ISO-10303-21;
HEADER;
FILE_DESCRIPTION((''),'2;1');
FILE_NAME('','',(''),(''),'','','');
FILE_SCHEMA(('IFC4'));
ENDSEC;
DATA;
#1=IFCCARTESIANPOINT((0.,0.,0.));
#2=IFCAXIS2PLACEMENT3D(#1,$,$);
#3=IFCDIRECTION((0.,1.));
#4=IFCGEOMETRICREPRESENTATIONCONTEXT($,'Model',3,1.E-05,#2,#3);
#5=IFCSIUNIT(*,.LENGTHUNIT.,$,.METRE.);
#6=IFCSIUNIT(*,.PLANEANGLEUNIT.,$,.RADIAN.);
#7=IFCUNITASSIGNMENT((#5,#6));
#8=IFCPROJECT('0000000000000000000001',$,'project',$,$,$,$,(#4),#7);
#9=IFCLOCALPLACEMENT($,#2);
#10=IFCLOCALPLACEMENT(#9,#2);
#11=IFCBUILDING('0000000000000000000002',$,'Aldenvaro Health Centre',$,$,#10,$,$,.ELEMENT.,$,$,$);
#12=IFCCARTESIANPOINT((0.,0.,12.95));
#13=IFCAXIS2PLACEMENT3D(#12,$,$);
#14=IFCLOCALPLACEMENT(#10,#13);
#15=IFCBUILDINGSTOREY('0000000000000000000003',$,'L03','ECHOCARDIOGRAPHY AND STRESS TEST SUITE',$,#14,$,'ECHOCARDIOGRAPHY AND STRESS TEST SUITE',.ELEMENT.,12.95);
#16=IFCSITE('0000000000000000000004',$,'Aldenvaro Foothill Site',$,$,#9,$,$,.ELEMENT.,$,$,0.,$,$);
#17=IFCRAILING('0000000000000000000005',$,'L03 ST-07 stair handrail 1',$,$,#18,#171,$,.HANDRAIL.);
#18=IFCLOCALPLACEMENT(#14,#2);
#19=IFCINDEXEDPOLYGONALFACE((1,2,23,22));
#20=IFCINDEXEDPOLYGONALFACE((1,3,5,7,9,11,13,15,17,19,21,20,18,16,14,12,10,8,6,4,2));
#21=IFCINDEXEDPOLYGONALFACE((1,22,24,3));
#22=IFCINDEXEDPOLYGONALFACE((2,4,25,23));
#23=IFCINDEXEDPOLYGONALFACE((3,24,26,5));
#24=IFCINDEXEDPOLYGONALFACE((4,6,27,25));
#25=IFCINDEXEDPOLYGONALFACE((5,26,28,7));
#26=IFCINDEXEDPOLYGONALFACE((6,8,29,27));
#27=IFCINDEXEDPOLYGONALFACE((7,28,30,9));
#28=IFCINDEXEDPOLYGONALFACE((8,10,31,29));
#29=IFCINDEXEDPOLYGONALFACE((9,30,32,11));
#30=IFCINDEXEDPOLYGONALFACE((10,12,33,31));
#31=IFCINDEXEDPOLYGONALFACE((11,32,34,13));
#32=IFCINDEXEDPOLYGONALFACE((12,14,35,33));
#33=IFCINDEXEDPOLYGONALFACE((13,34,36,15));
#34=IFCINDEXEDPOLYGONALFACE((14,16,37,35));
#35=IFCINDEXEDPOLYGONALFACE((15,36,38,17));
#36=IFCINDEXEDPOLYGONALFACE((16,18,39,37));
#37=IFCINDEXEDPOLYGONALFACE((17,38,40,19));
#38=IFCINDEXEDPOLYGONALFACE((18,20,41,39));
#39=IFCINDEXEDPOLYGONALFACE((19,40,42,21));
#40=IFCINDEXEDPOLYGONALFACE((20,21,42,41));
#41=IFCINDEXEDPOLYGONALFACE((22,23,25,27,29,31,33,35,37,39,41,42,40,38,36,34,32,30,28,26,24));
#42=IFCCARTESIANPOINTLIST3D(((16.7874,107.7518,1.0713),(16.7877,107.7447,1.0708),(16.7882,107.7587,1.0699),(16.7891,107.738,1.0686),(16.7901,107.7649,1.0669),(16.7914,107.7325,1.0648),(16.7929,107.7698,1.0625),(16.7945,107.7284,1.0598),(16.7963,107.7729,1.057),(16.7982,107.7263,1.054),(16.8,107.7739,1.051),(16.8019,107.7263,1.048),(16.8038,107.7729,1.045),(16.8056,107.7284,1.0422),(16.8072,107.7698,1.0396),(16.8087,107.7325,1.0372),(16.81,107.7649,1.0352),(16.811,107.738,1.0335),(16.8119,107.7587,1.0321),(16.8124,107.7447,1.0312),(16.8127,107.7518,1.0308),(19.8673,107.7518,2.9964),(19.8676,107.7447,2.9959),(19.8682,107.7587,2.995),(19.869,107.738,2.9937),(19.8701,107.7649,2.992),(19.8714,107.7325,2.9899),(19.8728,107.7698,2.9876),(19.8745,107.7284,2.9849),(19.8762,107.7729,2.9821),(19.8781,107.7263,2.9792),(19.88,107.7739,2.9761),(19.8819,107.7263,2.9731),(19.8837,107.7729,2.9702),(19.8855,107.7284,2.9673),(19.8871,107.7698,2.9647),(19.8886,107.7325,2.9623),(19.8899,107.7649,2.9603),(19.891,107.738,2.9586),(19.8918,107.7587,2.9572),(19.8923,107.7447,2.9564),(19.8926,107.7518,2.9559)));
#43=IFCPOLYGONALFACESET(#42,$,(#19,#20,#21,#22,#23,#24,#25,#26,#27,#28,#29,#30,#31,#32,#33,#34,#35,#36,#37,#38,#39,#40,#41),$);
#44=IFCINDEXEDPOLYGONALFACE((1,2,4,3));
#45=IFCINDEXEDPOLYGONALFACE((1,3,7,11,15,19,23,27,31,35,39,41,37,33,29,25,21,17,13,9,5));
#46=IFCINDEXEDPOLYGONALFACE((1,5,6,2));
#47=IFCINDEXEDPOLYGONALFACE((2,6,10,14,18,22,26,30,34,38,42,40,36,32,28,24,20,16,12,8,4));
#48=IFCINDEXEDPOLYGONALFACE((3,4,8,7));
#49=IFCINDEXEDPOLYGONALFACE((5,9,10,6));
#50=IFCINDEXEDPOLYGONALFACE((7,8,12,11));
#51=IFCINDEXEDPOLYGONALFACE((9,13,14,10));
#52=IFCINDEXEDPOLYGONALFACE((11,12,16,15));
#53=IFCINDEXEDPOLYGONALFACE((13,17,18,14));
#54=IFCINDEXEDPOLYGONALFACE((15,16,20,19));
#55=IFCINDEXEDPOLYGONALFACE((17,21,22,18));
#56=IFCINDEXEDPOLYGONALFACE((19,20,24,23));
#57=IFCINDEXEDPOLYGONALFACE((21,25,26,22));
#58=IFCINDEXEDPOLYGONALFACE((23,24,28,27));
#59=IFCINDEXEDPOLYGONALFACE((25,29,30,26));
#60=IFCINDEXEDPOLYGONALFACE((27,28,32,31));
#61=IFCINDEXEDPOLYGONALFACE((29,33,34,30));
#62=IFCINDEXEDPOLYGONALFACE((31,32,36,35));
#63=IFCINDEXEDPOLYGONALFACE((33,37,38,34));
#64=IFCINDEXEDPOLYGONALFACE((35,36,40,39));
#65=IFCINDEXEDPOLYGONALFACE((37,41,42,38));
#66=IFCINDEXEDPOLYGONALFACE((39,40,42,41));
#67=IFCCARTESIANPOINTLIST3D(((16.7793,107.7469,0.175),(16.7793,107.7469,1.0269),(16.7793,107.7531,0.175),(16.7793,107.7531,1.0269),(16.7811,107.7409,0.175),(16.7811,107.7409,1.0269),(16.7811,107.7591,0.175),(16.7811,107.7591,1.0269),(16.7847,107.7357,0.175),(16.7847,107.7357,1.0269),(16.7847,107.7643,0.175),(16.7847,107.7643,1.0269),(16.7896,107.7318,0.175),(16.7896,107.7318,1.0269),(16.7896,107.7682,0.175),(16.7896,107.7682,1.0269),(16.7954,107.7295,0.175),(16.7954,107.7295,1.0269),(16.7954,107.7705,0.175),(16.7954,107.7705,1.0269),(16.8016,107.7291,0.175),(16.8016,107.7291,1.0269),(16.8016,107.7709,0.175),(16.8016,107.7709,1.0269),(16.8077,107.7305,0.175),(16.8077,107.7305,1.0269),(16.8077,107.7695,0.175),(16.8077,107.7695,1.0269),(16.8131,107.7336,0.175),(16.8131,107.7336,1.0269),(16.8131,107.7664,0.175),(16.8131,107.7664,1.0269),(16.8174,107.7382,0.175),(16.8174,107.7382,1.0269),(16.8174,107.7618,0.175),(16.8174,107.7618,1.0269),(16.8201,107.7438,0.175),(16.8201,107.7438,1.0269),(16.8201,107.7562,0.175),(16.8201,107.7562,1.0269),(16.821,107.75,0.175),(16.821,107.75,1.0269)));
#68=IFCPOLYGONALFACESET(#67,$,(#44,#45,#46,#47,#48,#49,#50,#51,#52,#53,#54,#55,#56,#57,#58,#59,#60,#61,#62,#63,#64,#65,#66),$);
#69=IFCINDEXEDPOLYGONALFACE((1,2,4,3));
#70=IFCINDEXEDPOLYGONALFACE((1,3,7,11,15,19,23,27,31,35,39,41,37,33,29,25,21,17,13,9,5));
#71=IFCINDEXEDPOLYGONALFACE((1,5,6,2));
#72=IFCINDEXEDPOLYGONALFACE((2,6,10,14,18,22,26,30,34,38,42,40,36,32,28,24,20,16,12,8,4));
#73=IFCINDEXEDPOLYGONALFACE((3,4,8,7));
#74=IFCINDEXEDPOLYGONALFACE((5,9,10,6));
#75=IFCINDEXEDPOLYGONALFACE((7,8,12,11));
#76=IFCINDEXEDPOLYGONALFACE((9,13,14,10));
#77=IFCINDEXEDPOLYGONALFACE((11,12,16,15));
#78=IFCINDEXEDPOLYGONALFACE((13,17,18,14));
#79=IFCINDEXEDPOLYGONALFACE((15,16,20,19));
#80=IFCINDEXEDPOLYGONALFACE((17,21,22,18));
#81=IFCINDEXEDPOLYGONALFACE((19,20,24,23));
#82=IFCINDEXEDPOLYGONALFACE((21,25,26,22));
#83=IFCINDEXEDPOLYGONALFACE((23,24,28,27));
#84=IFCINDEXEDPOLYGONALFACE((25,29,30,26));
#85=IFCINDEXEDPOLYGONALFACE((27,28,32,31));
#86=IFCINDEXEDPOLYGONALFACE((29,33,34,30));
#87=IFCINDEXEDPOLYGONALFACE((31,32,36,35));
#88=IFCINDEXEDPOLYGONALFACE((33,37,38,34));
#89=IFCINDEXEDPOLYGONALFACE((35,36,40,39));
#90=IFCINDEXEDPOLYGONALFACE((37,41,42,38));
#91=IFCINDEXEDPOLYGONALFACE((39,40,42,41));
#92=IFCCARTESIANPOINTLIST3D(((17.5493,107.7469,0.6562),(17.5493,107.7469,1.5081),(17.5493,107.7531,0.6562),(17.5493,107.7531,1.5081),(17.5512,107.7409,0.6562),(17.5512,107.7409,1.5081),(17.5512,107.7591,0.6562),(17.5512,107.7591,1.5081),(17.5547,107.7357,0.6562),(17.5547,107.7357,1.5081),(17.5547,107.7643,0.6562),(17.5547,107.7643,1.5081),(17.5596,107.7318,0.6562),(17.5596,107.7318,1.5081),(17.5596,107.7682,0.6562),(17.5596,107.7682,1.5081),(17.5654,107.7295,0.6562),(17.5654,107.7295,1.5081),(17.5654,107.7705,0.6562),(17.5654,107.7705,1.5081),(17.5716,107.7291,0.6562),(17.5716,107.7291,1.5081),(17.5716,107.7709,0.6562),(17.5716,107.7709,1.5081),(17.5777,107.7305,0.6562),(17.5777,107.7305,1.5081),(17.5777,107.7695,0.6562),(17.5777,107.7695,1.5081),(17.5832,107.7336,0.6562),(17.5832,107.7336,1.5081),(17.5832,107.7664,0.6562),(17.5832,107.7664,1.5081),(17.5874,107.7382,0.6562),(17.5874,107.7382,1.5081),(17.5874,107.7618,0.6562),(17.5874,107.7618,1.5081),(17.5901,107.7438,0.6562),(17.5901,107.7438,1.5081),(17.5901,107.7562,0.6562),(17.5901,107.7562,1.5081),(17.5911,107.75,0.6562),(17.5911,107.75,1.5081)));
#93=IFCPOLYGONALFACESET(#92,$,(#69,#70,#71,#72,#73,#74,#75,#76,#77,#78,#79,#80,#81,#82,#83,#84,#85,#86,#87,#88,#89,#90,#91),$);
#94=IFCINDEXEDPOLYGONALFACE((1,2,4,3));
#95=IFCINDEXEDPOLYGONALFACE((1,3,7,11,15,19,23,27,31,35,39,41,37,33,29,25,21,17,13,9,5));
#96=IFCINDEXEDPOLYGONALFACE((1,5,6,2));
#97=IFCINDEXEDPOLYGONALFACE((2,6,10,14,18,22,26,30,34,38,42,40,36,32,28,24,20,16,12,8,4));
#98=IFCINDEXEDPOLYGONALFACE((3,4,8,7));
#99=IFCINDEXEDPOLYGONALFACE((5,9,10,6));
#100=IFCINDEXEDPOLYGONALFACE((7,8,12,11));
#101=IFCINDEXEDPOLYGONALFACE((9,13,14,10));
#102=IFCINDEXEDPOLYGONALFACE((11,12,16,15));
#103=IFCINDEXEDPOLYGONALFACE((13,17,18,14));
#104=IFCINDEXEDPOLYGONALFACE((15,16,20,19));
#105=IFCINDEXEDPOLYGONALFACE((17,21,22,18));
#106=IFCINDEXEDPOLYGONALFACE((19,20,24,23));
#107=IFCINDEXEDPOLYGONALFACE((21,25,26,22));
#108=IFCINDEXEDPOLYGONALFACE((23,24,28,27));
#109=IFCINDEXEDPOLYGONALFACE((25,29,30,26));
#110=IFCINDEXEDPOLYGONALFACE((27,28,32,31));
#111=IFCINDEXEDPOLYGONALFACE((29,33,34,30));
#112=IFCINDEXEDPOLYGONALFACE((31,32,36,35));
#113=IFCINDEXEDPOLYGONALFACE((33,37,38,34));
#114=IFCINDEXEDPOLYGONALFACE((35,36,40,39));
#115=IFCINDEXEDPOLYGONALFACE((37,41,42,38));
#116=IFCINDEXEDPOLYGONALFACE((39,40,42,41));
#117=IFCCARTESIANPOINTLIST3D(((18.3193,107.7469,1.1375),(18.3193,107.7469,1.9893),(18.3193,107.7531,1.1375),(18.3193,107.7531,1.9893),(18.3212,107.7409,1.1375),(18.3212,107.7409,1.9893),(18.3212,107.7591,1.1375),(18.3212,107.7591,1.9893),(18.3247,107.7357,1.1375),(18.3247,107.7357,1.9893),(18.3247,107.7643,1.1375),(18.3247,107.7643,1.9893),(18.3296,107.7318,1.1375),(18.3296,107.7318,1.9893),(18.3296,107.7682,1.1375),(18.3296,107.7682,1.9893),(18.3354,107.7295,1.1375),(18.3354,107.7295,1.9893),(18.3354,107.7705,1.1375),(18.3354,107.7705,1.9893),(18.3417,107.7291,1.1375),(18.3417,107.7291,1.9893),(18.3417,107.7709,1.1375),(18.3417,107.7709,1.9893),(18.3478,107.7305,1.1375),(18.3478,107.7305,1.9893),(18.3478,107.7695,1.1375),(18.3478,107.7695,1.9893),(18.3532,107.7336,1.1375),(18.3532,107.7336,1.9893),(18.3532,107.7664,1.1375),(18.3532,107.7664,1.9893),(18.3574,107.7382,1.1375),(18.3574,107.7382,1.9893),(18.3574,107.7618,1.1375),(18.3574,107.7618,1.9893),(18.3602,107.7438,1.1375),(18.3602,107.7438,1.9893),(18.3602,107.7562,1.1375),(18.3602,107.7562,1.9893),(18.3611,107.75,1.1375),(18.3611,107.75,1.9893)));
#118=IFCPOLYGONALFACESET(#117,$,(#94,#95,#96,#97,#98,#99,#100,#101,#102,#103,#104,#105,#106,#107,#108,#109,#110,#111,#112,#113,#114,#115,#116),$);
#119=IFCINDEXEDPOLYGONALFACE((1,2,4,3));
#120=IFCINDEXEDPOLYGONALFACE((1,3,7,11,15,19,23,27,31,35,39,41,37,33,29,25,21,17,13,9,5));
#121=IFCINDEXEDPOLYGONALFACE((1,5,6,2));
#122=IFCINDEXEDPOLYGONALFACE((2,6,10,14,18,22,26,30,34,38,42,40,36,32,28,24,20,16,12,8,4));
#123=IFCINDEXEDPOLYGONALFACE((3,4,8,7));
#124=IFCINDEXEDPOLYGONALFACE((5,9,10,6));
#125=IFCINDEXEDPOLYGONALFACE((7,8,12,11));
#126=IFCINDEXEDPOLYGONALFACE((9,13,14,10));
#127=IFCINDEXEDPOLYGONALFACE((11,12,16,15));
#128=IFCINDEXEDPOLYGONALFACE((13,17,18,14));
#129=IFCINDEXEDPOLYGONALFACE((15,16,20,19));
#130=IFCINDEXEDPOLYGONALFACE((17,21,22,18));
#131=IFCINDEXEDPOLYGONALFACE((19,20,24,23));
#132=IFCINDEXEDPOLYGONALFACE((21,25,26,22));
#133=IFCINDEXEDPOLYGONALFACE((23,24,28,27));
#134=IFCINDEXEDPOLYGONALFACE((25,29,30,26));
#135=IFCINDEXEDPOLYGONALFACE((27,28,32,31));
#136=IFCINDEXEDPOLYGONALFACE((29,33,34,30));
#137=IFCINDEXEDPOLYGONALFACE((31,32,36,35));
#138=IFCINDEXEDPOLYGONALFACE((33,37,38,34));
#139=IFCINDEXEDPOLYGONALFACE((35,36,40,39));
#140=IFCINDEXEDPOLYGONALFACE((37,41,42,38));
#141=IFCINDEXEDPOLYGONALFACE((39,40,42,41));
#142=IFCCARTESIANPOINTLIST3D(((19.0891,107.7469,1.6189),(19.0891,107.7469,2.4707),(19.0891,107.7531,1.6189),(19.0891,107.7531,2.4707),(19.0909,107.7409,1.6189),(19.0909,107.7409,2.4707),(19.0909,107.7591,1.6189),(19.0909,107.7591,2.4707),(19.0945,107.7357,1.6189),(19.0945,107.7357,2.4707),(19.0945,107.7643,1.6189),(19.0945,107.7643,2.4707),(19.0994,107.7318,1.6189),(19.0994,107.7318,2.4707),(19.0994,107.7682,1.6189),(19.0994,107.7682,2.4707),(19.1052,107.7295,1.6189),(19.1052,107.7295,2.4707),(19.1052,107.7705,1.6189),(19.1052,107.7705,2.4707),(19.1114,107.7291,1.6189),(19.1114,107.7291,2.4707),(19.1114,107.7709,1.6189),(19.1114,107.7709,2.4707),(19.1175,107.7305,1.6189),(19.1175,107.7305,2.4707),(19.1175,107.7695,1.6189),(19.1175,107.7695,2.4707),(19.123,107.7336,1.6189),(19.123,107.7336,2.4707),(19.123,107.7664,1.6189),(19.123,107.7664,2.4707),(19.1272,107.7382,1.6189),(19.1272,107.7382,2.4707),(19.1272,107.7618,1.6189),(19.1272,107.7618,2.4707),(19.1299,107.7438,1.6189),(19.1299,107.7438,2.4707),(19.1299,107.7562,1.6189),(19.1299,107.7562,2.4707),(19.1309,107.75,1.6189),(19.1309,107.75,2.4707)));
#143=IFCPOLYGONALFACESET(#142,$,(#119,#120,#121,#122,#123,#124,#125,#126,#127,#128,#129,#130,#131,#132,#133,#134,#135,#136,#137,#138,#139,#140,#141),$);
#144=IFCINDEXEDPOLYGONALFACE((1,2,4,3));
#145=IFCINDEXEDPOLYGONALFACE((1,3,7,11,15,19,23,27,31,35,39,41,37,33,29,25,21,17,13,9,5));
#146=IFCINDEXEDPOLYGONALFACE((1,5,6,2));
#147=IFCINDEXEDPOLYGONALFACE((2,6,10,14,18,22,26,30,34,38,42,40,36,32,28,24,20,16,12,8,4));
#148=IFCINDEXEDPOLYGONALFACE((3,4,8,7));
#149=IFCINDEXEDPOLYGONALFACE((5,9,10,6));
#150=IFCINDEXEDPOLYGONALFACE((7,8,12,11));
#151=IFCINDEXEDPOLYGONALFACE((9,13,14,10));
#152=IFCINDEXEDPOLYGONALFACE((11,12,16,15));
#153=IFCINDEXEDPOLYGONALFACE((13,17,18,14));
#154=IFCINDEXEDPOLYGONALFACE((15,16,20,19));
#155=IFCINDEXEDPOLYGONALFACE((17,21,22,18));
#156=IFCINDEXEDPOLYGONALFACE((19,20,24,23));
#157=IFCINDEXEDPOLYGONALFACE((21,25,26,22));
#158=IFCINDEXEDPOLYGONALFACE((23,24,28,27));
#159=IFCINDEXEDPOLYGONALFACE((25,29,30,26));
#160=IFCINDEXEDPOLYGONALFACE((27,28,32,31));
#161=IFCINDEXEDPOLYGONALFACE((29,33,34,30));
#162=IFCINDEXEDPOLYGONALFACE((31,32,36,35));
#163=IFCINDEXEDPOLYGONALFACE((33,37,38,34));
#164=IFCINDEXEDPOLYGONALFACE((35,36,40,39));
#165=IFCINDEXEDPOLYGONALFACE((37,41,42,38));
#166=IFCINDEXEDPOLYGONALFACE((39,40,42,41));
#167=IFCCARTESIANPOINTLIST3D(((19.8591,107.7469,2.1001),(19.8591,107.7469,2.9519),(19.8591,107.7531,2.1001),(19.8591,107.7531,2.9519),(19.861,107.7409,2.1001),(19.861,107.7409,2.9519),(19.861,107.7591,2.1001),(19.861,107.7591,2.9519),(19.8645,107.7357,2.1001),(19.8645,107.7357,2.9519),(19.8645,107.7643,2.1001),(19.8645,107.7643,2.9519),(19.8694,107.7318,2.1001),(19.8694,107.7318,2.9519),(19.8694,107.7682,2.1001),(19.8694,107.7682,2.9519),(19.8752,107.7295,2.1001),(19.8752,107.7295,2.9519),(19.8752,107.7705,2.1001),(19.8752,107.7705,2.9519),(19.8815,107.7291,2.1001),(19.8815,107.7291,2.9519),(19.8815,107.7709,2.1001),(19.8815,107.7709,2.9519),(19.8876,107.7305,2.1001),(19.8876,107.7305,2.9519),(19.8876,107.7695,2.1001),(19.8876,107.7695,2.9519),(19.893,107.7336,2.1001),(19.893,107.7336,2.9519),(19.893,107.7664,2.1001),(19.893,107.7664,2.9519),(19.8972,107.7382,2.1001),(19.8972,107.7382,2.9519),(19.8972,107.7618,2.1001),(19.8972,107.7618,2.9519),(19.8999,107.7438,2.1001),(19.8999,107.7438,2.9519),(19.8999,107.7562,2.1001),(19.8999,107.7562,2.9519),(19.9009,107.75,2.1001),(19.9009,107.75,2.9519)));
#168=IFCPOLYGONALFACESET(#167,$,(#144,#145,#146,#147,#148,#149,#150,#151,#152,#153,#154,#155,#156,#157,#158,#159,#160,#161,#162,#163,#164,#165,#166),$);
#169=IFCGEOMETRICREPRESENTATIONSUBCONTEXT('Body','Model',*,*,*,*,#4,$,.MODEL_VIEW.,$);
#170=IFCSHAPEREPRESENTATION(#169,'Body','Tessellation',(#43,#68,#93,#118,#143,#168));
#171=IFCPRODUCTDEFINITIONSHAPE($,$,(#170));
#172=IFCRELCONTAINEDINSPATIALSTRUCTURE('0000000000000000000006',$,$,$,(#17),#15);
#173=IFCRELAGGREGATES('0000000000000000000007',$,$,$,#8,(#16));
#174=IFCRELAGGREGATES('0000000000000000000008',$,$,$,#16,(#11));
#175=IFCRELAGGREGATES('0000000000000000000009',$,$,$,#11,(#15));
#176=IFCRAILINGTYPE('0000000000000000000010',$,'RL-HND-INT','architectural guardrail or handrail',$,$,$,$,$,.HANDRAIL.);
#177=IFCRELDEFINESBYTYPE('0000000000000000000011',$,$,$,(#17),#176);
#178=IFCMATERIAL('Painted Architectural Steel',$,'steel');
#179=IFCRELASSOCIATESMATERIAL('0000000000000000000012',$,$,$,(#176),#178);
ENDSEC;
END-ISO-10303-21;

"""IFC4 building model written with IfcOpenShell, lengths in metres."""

from ifc_helpers import new_model, si_unit, direction, frame, origin, origin_2d, place, context, subcontext, project, spatial, circle, extrude, material, type_object, element, save


model = new_model("IFC4")

# Units and contexts
model_context = context("Model", 3, precision=1e-05, world=origin(), true_north=direction((0.0, 1.0)))
body_context = subcontext(model_context, "Body", "Model", "MODEL_VIEW")
ifc_project = project(units=[si_unit("LENGTHUNIT", "METRE"), si_unit("PLANEANGLEUNIT", "RADIAN")], contexts=[model_context])

# Site, building, storey
site_placement = place(None, origin())
site = spatial("IfcSite", under=ifc_project, at=site_placement, Name="Aldenvaro Foothill Site", CompositionType="ELEMENT", RefElevation=0.0)
building_placement = place(site_placement, origin())
building = spatial("IfcBuilding", under=site, at=building_placement, Name="Aldenvaro Health Centre", CompositionType="ELEMENT")
storey_placement = place(building_placement, frame((0.0, 0.0, 12.95)))
storey = spatial("IfcBuildingStorey", under=building, at=storey_placement, Name="L03", Description="ECHOCARDIOGRAPHY AND STRESS TEST SUITE", LongName="ECHOCARDIOGRAPHY AND STRESS TEST SUITE", CompositionType="ELEMENT", Elevation=12.95)

# Railing
ifc_material_1 = material(Name="Painted Architectural Steel", Category="steel")
railing_type_1 = type_object("IfcRailingType", Name="RL-HND-INT", Description="architectural guardrail or handrail", PredefinedType="HANDRAIL", material=ifc_material_1)
railing_1_placement = place(storey_placement, frame((16.8, 107.75, 0.175)))
element("IfcRailing", 1, at=railing_1_placement, inside=storey, type_object=railing_type_1, Name="L03 ST-07 stair handrail 1", PredefinedType="HANDRAIL", context=body_context, shape_type="SweptSolid", body=[
    extrude(circle(Radius=0.0239, at=origin_2d()), frame((0.0, 0.0, 0.876), z_axis=(0.847979, 0.0, 0.530029), x_axis=(0.0, 1.0, 0.0)), (0.0, 0.0, 1.0), 3.6321),
    extrude(circle(Radius=0.021, at=origin_2d()), origin(), (0.0, 0.0, 1.0), 0.8518),
    extrude(circle(Radius=0.021, at=origin_2d()), frame((0.77, 0.0, 0.4812)), (0.0, 0.0, 1.0), 0.8518),
    extrude(circle(Radius=0.021, at=origin_2d()), frame((1.54, 0.0, 0.9624)), (0.0, 0.0, 1.0), 0.8518),
    extrude(circle(Radius=0.021, at=origin_2d()), frame((2.3098, 0.0, 1.4438)), (0.0, 0.0, 1.0), 0.8518),
    extrude(circle(Radius=0.021, at=origin_2d()), frame((3.0798, 0.0, 1.925)), (0.0, 0.0, 1.0), 0.8518),
])

save(model, "model.ifc")
